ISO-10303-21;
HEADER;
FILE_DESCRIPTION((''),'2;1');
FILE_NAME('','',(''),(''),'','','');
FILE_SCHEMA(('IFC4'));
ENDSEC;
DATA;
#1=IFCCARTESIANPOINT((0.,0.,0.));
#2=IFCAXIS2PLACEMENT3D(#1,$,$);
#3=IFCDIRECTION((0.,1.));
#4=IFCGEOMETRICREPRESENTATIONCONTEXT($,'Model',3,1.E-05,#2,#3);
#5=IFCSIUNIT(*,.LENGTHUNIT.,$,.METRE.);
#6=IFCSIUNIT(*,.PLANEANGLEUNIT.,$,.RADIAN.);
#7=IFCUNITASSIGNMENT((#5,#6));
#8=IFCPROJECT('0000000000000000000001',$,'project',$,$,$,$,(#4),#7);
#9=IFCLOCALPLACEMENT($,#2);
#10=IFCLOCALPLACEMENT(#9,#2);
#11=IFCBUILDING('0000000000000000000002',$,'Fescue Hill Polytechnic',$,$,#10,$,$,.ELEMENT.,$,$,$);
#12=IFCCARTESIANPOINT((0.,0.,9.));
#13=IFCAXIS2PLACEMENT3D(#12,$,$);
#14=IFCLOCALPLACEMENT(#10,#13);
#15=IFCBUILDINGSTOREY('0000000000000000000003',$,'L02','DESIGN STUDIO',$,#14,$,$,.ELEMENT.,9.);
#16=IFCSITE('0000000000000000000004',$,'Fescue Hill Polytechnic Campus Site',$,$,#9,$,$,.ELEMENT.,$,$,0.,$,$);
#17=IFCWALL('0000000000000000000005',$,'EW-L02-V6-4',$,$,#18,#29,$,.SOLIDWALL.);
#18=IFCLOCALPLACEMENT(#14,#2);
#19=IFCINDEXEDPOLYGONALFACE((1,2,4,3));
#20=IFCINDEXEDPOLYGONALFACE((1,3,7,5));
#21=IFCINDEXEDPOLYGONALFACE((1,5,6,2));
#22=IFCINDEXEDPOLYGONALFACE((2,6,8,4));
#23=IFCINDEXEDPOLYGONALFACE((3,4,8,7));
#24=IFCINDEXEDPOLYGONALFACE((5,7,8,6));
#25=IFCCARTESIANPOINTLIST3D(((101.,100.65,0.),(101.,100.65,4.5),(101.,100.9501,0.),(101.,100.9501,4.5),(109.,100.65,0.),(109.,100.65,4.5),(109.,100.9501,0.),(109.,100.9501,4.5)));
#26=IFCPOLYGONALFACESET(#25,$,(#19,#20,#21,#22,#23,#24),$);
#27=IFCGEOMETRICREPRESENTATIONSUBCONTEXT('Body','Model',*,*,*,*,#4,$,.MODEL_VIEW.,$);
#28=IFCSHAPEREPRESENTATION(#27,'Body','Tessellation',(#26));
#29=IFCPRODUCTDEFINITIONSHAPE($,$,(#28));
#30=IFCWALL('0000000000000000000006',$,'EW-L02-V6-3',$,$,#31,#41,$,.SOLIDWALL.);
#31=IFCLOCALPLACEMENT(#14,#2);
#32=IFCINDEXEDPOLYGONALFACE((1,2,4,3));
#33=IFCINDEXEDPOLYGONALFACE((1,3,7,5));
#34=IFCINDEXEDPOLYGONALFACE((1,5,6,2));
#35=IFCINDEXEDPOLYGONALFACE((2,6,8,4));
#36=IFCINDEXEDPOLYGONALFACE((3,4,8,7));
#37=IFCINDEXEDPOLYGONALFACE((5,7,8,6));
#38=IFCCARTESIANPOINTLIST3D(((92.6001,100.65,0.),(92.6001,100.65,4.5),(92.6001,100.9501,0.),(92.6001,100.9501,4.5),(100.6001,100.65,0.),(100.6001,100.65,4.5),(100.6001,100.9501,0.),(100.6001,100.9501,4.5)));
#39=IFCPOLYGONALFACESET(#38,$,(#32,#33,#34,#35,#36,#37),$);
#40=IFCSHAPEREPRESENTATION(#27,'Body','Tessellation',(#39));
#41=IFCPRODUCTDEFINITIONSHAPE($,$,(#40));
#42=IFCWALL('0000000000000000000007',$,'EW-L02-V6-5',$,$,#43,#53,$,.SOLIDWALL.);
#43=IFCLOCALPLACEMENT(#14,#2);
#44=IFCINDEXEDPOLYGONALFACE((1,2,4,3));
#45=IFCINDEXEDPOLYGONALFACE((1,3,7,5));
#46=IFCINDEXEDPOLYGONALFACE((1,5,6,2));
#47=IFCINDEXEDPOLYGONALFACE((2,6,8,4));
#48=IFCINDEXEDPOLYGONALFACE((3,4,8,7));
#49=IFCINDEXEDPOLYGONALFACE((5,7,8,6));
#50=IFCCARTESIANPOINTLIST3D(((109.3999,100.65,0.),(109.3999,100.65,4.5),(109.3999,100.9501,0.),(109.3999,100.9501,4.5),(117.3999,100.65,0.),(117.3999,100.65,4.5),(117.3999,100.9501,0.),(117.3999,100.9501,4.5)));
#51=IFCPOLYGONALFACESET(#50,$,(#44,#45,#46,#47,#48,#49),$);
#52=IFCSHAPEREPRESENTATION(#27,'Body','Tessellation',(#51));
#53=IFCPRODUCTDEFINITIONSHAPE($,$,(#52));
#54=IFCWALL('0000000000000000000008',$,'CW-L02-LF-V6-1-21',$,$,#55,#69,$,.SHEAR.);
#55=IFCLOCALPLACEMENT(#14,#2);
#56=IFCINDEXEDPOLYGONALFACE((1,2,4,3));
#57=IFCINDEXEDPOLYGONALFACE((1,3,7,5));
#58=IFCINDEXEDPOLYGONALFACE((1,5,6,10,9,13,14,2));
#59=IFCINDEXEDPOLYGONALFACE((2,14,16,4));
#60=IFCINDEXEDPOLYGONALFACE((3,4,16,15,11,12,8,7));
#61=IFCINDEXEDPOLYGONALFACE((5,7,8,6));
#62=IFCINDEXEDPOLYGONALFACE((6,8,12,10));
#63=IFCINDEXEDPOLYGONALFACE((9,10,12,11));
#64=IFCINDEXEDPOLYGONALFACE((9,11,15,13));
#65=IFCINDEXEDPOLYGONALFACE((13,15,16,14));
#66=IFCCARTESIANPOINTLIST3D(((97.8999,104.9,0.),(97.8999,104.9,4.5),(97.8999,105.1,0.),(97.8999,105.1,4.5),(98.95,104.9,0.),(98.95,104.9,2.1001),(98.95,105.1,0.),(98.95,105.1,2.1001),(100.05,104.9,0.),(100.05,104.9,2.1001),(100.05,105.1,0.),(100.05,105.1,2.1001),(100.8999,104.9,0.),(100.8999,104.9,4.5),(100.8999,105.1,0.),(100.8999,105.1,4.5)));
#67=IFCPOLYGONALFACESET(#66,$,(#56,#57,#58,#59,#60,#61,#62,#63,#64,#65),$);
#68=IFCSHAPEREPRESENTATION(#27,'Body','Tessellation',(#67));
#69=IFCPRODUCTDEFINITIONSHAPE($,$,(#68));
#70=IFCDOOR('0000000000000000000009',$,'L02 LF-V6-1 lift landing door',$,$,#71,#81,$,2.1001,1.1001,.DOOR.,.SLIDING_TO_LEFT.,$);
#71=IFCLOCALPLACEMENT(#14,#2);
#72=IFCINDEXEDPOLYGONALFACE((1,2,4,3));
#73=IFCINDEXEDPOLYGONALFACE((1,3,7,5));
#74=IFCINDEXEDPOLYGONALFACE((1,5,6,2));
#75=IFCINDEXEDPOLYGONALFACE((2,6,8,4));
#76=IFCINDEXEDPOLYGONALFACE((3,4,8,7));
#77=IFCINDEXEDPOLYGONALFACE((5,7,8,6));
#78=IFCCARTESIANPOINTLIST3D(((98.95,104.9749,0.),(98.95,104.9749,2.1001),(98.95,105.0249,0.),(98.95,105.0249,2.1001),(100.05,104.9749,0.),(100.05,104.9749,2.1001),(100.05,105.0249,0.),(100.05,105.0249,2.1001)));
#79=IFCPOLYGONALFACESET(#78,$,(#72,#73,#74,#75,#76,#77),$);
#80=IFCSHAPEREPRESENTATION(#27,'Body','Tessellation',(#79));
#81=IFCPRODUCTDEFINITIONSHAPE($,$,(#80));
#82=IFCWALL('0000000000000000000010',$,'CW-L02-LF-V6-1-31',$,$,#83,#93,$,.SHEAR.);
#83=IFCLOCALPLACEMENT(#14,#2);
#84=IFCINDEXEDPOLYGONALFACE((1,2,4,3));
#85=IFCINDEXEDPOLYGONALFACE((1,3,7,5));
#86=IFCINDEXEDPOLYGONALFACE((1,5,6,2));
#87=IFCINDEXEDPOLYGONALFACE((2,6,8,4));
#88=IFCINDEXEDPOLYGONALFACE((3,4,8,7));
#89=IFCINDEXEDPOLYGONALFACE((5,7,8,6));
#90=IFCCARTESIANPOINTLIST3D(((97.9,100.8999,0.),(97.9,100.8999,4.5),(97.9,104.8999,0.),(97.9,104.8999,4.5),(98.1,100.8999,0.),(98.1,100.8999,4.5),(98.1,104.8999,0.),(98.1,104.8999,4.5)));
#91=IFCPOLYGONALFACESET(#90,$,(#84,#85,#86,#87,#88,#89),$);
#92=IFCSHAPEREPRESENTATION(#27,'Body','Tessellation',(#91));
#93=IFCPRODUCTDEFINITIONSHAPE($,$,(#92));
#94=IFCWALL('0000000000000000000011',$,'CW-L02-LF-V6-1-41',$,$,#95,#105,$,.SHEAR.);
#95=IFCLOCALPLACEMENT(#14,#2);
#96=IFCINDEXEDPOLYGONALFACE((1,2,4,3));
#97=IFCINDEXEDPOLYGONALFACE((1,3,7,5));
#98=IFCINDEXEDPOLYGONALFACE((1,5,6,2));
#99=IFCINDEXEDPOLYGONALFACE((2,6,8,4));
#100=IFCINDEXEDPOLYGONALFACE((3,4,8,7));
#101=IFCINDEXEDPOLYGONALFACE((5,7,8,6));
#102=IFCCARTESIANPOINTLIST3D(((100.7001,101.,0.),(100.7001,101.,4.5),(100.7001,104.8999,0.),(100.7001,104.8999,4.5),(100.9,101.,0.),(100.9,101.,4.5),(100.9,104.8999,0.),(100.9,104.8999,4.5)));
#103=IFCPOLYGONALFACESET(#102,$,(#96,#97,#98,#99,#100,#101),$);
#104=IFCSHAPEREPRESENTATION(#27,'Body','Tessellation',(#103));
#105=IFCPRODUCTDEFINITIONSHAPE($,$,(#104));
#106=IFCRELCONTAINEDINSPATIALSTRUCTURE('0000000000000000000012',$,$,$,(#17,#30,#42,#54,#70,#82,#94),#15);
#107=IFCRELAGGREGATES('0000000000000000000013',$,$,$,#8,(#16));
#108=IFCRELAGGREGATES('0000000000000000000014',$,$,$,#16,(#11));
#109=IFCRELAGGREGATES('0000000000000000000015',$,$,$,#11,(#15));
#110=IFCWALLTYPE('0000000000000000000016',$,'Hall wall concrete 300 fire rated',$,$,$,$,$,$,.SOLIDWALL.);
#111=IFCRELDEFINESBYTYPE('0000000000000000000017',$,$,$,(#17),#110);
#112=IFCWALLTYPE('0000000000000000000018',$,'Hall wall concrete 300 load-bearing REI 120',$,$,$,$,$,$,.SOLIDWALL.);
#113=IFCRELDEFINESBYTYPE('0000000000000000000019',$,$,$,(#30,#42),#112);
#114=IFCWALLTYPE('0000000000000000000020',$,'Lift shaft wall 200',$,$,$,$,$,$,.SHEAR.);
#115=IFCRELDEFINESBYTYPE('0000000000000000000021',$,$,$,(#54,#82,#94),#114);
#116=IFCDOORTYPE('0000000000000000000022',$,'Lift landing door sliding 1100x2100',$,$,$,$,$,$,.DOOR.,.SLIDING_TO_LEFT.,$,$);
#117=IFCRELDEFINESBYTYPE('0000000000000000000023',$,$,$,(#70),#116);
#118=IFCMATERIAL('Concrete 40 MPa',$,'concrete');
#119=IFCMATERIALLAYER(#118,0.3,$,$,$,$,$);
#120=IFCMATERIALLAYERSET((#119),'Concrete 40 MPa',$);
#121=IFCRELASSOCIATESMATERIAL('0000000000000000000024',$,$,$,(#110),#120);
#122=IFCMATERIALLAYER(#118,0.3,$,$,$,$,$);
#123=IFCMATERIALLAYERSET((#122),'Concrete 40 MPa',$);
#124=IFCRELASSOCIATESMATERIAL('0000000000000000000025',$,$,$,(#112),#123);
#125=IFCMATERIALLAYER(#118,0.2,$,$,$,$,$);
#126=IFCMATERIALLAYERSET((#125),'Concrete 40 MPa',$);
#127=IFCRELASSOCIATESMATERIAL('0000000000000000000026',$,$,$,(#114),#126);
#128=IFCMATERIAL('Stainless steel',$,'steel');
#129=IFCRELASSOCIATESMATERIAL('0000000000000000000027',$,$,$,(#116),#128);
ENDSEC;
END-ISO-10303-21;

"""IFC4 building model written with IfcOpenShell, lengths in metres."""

from ifc_helpers import new_model, si_unit, direction, frame, frame_2d, origin, place, context, subcontext, project, spatial, rectangle, extrude, material, layer, layer_set, type_object, element, fill, save


model = new_model("IFC4")

# Units and contexts
model_context = context("Model", 3, precision=1e-05, world=origin(), true_north=direction((0.0, 1.0)))
body_context = subcontext(model_context, "Body", "Model", "MODEL_VIEW")
ifc_project = project(units=[si_unit("LENGTHUNIT", "METRE"), si_unit("PLANEANGLEUNIT", "RADIAN")], contexts=[model_context])

# Site, building, storey
site_placement = place(None, origin())
site = spatial("IfcSite", under=ifc_project, at=site_placement, Name="Fescue Hill Polytechnic Campus Site", CompositionType="ELEMENT", RefElevation=0.0)
building_placement = place(site_placement, origin())
building = spatial("IfcBuilding", under=site, at=building_placement, Name="Fescue Hill Polytechnic", CompositionType="ELEMENT")
storey_placement = place(building_placement, frame((0.0, 0.0, 9.0)))
storey = spatial("IfcBuildingStorey", under=building, at=storey_placement, Name="L02", Description="DESIGN STUDIO", CompositionType="ELEMENT", Elevation=9.0)

# Shared definitions
ifc_material_1 = material(Name="Concrete 40 MPa", Category="concrete")

# Walls
ifc_layer_1 = layer(ifc_material_1, 0.3)
ifc_layer_set_1 = layer_set([ifc_layer_1], Name="Concrete 40 MPa")
wall_type_1 = type_object("IfcWallType", Name="Hall wall concrete 300 fire rated", PredefinedType="SOLIDWALL", material=ifc_layer_set_1)
wall_1_placement = place(storey_placement, frame((101.0, 100.8, 0.0), z_axis=(0.0, 0.0, 1.0), x_axis=(1.0, 0.0, 0.0)))
element("IfcWall", 1, at=wall_1_placement, inside=storey, type_object=wall_type_1, Name="EW-L02-V6-4", PredefinedType="SOLIDWALL", context=body_context, shape_type="SweptSolid", body=[
    extrude(rectangle(XDim=8.0, YDim=0.3, at=frame_2d((4.0, 0.0))), origin(), (0.0, 0.0, 1.0), 4.5),
])
ifc_layer_2 = layer(ifc_material_1, 0.3)
ifc_layer_set_2 = layer_set([ifc_layer_2], Name="Concrete 40 MPa")
wall_type_2 = type_object("IfcWallType", Name="Hall wall concrete 300 load-bearing REI 120", PredefinedType="SOLIDWALL", material=ifc_layer_set_2)
for number, where, z_axis, x_axis, name in (
    (2, (92.6001, 100.8, 0.0), (0.0, 0.0, 1.0), (1.0, 0.0, 0.0), "EW-L02-V6-3"),
    (3, (109.3999, 100.8, 0.0), (0.0, 0.0, 1.0), (1.0, 0.0, 0.0), "EW-L02-V6-5"),
):
    element("IfcWall", number, at=place(storey_placement, frame(where, z_axis=z_axis, x_axis=x_axis)), inside=storey, type_object=wall_type_2, Name=name, PredefinedType="SOLIDWALL", context=body_context, shape_type="SweptSolid", body=[
        extrude(rectangle(XDim=8.0, YDim=0.3, at=frame_2d((4.0, 0.0))), origin(), (0.0, 0.0, 1.0), 4.5),
    ])

# Wall, opening, door
ifc_layer_3 = layer(ifc_material_1, 0.2)
ifc_layer_set_3 = layer_set([ifc_layer_3], Name="Concrete 40 MPa")
wall_type_3 = type_object("IfcWallType", Name="Lift shaft wall 200", PredefinedType="SHEAR", material=ifc_layer_set_3)
wall_2_placement = place(storey_placement, frame((97.8999, 105.0, 0.0), z_axis=(0.0, 0.0, 1.0), x_axis=(1.0, 0.0, 0.0)))
wall_2 = element("IfcWall", 4, at=wall_2_placement, inside=storey, type_object=wall_type_3, Name="CW-L02-LF-V6-1-21", PredefinedType="SHEAR", context=body_context, shape_type="SweptSolid", body=[
    extrude(rectangle(XDim=3.0, YDim=0.2, at=frame_2d((1.5, 0.0))), origin(), (0.0, 0.0, 1.0), 4.5),
])
opening_1_placement = place(wall_2_placement, frame((1.05, 0.0, 0.0)))
opening_1 = element("IfcOpeningElement", 5, at=opening_1_placement, cuts=wall_2, PredefinedType="OPENING", context=body_context, shape_type="SweptSolid", body=[
    extrude(rectangle(XDim=1.1001, YDim=2.1001, at=frame_2d((0.55, 1.05))), frame((0.0, 0.1099, 0.0), z_axis=(0.0, -1.0, 0.0), x_axis=(1.0, 0.0, 0.0)), (0.0, 0.0, 1.0), 0.22),
])
ifc_material_2 = material(Name="Stainless steel", Category="steel")
door_type_1 = type_object("IfcDoorType", Name="Lift landing door sliding 1100x2100", OperationType="SLIDING_TO_LEFT", PredefinedType="DOOR", material=ifc_material_2)
door_1_placement = place(opening_1_placement, origin())
door_1 = element("IfcDoor", 6, at=door_1_placement, inside=storey, type_object=door_type_1, Name="L02 LF-V6-1 lift landing door", OperationType="SLIDING_TO_LEFT", OverallHeight=2.1001, OverallWidth=1.1001, PredefinedType="DOOR", context=body_context, shape_type="SweptSolid", body=[
    extrude(rectangle(XDim=1.1001, YDim=2.1001, at=frame_2d((0.55, 1.05))), frame((0.0, 0.0249, 0.0), z_axis=(0.0, -1.0, 0.0), x_axis=(1.0, 0.0, 0.0)), (0.0, 0.0, 1.0), 0.05),
])
fill(opening_1, door_1)

# Walls
wall_3_placement = place(storey_placement, frame((98.0, 100.8999, 0.0), z_axis=(0.0, 0.0, 1.0), x_axis=(0.0, 1.0, 0.0)))
element("IfcWall", 7, at=wall_3_placement, inside=storey, type_object=wall_type_3, Name="CW-L02-LF-V6-1-31", PredefinedType="SHEAR", context=body_context, shape_type="SweptSolid", body=[
    extrude(rectangle(XDim=4.0, YDim=0.2, at=frame_2d((2.0, 0.0))), origin(), (0.0, 0.0, 1.0), 4.5),
])
wall_4_placement = place(storey_placement, frame((100.8, 101.0, 0.0), z_axis=(0.0, 0.0, 1.0), x_axis=(0.0, 1.0, 0.0)))
element("IfcWall", 8, at=wall_4_placement, inside=storey, type_object=wall_type_3, Name="CW-L02-LF-V6-1-41", PredefinedType="SHEAR", context=body_context, shape_type="SweptSolid", body=[
    extrude(rectangle(XDim=3.8999, YDim=0.2, at=frame_2d((1.95, 0.0))), origin(), (0.0, 0.0, 1.0), 4.5),
])

save(model, "model.ifc")
